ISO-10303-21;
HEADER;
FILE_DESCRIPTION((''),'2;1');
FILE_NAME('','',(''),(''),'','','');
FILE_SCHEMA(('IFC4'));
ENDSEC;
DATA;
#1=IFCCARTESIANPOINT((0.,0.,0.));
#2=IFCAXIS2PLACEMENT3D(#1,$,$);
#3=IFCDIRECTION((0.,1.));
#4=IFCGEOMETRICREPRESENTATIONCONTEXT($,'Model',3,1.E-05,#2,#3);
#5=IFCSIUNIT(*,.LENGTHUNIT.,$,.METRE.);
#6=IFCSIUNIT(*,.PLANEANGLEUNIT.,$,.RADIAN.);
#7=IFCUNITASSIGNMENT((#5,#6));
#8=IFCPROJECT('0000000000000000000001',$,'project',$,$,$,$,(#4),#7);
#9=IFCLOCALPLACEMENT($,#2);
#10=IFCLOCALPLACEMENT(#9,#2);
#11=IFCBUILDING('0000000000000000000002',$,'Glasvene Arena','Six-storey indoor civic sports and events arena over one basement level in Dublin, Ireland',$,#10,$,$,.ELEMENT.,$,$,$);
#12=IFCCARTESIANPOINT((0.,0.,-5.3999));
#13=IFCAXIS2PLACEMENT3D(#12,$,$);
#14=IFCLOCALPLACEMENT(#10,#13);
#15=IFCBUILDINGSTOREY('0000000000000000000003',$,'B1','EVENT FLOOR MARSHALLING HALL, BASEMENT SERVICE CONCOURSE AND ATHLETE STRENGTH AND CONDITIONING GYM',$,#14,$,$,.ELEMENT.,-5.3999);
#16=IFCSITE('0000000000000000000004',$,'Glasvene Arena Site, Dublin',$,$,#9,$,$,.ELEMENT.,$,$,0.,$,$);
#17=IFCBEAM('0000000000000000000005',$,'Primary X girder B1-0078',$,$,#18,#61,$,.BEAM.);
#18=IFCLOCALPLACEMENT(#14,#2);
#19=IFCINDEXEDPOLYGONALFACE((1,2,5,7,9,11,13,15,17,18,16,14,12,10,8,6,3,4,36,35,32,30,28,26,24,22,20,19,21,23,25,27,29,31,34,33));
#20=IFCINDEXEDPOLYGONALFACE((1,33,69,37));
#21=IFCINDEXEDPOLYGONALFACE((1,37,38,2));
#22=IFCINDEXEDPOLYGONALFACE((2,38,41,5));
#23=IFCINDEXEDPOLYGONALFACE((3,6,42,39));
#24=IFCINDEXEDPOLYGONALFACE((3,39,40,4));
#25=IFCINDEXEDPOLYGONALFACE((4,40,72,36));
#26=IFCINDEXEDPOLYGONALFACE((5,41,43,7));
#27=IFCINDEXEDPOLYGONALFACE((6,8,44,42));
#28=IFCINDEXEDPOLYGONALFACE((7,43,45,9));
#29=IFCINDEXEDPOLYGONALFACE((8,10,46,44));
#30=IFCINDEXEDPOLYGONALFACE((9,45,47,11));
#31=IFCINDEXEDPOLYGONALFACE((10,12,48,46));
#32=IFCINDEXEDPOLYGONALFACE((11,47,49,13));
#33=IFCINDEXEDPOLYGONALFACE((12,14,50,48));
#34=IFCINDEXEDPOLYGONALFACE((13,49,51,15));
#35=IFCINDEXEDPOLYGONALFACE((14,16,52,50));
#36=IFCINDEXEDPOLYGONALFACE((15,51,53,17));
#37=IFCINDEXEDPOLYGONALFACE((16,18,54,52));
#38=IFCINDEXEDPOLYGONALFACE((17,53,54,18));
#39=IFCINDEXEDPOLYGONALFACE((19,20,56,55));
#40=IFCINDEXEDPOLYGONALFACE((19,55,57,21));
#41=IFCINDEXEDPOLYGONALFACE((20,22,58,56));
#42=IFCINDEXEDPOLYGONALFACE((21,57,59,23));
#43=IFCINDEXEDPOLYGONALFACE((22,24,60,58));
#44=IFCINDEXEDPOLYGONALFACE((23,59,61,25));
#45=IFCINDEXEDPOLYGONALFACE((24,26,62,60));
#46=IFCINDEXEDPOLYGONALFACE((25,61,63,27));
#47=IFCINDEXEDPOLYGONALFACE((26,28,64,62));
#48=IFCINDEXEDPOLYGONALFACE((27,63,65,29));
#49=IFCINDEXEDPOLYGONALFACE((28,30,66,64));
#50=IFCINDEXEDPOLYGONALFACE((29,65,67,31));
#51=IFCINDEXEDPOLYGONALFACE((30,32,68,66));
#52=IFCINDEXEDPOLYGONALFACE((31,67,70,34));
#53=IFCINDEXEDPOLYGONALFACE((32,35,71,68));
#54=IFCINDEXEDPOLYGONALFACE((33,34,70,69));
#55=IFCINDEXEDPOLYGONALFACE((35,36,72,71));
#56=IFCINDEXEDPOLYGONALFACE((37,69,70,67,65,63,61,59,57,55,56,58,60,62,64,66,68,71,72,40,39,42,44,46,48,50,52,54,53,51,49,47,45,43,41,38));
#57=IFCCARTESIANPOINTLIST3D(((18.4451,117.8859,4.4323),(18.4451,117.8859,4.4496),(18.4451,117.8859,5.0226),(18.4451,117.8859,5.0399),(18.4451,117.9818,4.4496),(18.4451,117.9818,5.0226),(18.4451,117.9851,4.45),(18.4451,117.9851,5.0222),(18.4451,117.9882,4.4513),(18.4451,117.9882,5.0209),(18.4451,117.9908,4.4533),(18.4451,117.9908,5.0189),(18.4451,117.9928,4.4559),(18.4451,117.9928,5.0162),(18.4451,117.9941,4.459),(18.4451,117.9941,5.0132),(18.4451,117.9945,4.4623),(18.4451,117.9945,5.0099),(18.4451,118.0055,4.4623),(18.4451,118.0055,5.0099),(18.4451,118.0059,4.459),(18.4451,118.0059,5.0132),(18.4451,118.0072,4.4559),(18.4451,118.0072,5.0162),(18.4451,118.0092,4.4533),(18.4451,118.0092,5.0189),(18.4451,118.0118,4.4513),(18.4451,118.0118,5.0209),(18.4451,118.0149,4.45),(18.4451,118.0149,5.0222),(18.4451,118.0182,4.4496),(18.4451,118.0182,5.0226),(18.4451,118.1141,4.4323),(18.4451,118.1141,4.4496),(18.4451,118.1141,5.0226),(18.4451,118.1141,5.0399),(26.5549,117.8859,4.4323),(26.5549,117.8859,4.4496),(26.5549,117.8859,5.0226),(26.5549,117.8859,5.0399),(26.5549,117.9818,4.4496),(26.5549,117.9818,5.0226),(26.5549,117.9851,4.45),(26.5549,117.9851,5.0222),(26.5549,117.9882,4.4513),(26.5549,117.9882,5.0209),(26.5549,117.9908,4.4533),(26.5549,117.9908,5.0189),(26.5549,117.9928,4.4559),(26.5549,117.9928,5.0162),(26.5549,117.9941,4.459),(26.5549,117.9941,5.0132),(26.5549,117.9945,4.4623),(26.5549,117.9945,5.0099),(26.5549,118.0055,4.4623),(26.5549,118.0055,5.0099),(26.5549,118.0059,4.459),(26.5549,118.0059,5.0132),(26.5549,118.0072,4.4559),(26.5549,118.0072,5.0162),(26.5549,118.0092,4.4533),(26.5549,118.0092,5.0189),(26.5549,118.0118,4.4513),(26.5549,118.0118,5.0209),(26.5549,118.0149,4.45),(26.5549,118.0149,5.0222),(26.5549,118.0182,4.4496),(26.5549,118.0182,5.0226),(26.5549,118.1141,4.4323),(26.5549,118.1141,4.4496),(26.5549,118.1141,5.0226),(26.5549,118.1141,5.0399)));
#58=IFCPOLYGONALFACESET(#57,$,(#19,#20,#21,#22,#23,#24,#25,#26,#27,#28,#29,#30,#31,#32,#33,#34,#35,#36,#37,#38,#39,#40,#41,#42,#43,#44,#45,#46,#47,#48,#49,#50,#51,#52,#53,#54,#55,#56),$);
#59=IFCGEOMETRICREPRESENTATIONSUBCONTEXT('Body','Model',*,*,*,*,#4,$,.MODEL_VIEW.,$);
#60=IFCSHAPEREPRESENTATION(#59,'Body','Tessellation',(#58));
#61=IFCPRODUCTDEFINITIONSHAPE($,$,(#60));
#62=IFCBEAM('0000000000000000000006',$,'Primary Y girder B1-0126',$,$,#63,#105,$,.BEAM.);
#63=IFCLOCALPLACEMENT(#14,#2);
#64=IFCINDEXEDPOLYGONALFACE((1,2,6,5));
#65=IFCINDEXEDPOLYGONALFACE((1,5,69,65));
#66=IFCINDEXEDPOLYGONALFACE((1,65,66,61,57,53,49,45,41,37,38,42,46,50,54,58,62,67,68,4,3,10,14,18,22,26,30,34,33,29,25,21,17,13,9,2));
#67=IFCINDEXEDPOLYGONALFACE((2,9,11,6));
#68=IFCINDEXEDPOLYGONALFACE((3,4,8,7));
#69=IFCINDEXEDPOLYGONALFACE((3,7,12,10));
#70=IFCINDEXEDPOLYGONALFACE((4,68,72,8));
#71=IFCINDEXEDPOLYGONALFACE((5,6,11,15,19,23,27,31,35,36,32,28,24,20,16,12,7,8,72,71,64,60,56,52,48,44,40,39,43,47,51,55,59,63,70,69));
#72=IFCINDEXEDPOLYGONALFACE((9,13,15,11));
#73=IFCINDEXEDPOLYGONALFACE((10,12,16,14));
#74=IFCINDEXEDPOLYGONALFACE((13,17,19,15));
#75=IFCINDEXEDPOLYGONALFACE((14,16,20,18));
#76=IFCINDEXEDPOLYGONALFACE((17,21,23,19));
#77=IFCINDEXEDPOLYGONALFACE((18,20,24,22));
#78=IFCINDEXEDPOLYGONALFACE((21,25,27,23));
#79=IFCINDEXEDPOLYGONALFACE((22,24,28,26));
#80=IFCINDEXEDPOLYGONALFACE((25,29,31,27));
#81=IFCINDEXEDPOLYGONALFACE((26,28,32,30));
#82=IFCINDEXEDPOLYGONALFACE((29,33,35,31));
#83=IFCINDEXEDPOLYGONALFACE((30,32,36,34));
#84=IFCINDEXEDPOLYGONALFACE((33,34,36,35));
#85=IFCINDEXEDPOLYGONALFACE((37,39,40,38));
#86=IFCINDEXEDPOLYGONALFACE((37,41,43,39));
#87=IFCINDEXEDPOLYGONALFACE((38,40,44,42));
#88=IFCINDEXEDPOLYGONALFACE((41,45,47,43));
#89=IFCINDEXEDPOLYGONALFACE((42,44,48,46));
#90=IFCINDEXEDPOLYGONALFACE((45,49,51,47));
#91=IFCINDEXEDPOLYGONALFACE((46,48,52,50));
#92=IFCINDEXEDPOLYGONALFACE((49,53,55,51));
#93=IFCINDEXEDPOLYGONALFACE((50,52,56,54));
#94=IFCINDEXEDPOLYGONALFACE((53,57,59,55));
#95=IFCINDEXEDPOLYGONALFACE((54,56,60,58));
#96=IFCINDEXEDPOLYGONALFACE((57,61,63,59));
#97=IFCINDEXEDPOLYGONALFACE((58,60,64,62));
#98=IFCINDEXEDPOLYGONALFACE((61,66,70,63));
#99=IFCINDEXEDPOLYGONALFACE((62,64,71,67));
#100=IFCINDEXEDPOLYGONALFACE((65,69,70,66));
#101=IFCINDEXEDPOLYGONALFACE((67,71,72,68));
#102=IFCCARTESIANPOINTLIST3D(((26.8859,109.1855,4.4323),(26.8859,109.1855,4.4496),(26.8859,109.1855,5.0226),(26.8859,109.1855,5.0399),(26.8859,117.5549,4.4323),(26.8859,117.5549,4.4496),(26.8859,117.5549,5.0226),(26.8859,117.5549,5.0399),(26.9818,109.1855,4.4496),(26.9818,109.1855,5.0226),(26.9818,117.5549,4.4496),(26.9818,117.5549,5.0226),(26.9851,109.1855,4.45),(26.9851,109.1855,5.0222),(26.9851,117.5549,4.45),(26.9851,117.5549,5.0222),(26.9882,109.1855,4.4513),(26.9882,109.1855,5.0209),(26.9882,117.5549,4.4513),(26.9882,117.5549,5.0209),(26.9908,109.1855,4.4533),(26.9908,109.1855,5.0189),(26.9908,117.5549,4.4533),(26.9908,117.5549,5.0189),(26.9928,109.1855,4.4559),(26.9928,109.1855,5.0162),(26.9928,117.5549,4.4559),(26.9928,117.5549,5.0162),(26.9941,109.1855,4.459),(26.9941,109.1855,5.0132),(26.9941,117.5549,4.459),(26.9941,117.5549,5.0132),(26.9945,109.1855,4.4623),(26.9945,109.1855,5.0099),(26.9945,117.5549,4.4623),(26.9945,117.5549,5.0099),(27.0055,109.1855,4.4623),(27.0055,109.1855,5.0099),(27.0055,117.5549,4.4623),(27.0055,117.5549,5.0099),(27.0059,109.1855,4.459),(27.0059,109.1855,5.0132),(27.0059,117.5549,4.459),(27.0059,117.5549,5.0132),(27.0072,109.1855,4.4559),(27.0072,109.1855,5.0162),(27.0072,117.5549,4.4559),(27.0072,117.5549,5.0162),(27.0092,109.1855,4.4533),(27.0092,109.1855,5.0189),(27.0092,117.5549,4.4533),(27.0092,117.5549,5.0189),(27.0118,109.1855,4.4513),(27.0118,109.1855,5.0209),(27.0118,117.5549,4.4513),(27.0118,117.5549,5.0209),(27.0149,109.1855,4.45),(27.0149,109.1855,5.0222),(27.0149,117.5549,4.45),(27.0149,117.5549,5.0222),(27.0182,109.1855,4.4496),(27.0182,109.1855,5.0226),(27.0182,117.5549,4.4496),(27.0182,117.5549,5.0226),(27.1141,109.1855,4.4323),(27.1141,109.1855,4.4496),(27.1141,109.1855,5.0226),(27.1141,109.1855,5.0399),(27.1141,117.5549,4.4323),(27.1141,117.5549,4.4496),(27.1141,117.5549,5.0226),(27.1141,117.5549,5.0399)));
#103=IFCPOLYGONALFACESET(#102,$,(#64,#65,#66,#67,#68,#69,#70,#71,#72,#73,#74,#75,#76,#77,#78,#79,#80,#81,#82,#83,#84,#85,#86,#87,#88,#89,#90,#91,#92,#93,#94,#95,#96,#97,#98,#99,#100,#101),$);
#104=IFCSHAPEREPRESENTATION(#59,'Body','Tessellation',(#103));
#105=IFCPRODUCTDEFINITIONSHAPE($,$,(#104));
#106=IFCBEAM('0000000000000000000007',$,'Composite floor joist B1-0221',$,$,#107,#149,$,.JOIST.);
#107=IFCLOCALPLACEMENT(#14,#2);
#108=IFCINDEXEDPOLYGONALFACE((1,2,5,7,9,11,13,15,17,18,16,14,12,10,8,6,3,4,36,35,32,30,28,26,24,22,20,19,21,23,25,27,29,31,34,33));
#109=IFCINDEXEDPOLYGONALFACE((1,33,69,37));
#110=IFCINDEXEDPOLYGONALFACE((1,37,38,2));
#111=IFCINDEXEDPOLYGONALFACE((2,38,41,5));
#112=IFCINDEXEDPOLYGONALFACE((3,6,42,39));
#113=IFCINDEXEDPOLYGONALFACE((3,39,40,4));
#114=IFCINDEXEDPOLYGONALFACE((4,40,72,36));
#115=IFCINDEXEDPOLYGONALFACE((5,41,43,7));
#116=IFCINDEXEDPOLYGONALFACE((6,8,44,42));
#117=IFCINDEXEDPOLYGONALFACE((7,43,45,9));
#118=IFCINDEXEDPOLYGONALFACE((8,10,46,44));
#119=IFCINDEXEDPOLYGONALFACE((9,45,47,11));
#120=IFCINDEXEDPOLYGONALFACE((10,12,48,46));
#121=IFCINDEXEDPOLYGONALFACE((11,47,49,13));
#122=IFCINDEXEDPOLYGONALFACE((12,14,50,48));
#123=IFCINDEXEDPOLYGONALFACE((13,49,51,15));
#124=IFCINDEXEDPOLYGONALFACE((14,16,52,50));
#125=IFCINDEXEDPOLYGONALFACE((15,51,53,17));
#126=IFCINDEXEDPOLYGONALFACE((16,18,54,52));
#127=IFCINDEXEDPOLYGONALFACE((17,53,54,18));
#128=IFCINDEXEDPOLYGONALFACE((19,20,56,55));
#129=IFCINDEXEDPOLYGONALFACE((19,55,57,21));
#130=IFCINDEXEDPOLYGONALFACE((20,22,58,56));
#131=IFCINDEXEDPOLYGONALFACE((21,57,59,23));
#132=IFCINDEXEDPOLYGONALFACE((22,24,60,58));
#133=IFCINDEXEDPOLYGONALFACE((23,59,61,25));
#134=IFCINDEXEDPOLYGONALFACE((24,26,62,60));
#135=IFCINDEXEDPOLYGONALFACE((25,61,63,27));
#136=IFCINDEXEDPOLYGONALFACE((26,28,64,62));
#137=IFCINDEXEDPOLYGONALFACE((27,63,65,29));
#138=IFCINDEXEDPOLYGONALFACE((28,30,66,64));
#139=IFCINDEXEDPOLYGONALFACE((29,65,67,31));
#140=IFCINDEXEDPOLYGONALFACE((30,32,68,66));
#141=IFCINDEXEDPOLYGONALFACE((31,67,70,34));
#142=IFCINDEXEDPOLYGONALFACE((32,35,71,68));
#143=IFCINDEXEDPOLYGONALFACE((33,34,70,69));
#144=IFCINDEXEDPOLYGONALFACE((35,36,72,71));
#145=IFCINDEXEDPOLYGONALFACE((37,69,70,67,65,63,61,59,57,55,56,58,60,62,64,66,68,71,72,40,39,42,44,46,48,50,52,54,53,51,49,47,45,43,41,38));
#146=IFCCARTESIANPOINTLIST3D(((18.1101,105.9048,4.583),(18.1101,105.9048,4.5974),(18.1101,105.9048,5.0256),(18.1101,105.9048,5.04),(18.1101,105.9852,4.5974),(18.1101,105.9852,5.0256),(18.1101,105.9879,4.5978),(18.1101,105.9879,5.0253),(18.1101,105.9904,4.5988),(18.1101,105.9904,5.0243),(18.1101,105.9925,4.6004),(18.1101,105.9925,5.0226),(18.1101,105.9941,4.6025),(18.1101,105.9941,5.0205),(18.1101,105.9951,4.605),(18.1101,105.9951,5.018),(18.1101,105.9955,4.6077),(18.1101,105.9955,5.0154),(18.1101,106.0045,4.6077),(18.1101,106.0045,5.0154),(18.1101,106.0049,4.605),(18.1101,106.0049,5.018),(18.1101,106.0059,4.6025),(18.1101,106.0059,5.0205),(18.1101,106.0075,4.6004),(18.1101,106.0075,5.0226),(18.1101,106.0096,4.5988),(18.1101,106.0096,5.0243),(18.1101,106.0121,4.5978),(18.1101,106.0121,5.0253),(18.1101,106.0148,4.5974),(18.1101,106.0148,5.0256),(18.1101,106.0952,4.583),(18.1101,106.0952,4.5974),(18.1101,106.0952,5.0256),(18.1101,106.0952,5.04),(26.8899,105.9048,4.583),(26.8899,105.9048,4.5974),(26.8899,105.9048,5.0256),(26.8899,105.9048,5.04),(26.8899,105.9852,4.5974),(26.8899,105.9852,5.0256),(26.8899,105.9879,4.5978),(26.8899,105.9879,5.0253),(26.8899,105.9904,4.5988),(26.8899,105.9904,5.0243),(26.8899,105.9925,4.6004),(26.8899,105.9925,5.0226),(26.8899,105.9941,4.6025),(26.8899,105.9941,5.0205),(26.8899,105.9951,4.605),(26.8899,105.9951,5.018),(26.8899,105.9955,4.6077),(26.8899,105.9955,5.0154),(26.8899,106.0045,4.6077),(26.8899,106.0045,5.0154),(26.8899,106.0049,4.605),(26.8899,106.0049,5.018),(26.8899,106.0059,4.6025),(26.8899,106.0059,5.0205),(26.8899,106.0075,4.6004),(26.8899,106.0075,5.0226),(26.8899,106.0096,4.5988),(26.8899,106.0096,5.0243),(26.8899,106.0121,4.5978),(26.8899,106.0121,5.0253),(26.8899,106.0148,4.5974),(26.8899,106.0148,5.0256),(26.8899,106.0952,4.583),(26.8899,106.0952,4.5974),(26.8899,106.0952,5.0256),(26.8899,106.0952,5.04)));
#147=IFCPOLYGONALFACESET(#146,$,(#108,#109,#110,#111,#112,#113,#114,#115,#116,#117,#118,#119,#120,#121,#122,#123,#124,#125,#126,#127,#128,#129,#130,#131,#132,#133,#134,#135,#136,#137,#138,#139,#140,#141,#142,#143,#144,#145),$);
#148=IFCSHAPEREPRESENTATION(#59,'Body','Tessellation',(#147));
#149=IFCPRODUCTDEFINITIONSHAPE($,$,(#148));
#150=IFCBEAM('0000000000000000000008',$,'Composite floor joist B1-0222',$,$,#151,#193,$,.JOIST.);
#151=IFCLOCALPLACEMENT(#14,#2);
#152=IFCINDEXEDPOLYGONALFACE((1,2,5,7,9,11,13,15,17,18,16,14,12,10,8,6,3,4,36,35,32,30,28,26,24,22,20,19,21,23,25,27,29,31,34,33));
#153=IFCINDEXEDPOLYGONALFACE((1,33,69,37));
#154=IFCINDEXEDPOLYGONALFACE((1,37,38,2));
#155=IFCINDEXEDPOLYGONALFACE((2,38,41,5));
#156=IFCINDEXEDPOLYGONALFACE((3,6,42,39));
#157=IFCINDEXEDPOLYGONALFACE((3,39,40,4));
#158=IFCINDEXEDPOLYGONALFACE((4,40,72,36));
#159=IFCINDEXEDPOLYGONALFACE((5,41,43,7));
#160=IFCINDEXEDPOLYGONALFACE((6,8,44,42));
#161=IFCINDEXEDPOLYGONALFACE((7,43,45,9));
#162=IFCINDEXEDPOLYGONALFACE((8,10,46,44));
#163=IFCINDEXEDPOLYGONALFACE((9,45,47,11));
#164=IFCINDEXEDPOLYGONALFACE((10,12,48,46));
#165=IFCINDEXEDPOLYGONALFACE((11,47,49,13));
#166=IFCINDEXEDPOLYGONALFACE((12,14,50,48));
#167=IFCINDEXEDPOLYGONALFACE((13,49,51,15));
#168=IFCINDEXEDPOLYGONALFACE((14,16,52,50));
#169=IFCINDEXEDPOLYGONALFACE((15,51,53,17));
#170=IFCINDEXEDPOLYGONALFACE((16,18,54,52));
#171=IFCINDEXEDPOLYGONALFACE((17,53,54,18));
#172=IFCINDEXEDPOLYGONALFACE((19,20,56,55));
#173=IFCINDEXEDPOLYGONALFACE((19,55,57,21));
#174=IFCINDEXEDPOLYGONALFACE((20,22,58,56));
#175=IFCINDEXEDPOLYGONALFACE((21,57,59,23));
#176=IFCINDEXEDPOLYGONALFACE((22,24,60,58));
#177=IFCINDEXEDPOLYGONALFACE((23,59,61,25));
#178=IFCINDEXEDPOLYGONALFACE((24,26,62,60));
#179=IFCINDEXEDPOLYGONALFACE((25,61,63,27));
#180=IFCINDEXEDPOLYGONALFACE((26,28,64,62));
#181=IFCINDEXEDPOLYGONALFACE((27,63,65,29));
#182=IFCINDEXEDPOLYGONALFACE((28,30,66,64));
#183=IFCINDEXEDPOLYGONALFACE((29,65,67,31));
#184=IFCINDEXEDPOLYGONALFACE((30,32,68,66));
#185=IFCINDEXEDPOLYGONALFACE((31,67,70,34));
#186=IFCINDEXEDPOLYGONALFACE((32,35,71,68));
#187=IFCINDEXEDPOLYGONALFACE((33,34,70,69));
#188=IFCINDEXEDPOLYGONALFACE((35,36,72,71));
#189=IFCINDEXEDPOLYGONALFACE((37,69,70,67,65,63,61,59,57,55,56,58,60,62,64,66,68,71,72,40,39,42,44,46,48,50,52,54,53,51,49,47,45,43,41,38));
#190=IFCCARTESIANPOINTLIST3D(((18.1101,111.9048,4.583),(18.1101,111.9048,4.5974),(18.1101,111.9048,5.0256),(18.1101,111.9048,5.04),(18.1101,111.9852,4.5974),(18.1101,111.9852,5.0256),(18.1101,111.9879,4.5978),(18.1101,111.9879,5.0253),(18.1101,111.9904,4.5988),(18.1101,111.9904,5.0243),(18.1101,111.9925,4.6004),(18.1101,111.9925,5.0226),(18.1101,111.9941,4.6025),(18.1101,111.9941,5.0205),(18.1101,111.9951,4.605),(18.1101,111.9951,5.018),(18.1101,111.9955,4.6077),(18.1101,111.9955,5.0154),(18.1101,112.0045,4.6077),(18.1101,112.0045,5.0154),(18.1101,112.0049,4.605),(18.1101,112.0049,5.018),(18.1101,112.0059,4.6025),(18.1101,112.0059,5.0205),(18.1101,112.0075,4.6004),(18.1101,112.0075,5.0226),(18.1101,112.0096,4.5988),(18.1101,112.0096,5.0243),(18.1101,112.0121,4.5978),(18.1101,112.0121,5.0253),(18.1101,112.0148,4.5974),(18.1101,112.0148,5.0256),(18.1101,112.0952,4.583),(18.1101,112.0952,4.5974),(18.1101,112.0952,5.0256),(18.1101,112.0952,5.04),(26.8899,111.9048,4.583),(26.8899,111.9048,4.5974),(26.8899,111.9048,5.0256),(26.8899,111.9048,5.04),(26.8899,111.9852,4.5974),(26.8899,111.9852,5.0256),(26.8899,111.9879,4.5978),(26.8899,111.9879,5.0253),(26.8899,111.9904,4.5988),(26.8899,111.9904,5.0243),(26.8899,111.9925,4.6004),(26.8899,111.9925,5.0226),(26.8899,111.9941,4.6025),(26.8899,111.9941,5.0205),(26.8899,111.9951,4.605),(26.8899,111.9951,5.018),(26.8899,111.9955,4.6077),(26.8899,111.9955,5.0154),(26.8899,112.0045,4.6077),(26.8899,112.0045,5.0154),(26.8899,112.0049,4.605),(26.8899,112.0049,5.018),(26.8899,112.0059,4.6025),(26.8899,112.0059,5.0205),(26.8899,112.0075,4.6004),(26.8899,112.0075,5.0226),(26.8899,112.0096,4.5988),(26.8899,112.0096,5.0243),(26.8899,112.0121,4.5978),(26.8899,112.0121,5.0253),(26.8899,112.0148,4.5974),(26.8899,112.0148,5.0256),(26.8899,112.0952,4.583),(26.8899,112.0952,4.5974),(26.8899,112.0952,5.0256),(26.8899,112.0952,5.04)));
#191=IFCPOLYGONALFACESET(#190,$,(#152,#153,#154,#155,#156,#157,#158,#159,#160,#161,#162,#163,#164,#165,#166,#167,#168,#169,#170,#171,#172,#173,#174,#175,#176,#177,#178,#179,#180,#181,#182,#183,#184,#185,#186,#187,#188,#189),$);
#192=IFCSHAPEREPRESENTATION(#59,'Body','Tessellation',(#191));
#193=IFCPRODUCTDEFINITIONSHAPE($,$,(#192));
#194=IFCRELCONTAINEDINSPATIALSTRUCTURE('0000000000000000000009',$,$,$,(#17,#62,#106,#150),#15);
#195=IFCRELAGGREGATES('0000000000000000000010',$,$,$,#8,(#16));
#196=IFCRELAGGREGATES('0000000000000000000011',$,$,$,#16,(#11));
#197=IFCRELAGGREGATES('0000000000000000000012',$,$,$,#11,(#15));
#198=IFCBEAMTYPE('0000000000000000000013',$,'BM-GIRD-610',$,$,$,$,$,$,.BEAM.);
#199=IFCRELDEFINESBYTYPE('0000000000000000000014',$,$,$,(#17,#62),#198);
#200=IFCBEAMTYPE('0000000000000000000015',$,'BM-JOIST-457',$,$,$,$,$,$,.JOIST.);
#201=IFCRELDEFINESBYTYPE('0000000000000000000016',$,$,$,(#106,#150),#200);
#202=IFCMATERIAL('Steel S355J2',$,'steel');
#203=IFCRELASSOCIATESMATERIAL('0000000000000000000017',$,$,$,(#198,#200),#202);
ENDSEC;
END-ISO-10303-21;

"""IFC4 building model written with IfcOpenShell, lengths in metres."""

from ifc_helpers import new_model, si_unit, direction, frame, origin, origin_2d, place, context, subcontext, project, spatial, i_section, extrude, material, material_profile, profile_set, type_object, element, save


model = new_model("IFC4")

# Units and contexts
model_context = context("Model", 3, precision=1e-05, world=origin(), true_north=direction((0.0, 1.0)))
body_context = subcontext(model_context, "Body", "Model", "MODEL_VIEW")
ifc_project = project(units=[si_unit("LENGTHUNIT", "METRE"), si_unit("PLANEANGLEUNIT", "RADIAN")], contexts=[model_context])

# Site, building, storey
site_placement = place(None, origin())
site = spatial("IfcSite", under=ifc_project, at=site_placement, Name="Glasvene Arena Site, Dublin", CompositionType="ELEMENT", RefElevation=0.0)
building_placement = place(site_placement, origin())
building = spatial("IfcBuilding", under=site, at=building_placement, Name="Glasvene Arena", Description="Six-storey indoor civic sports and events arena over one basement level in Dublin, Ireland", CompositionType="ELEMENT")
storey_placement = place(building_placement, frame((0.0, 0.0, -5.3999)))
storey = spatial("IfcBuildingStorey", under=building, at=storey_placement, Name="B1", Description="EVENT FLOOR MARSHALLING HALL, BASEMENT SERVICE CONCOURSE AND ATHLETE STRENGTH AND CONDITIONING GYM", CompositionType="ELEMENT", Elevation=-5.3999)

# Shared definitions
ifc_material_1 = material(Name="Steel S355J2", Category="steel")

# Beams
ifc_material_profile_1 = material_profile(ifc_material_1, i_section(OverallWidth=0.2283, OverallDepth=0.6077, WebThickness=0.011, FlangeThickness=0.0173, FilletRadius=0.0127, at=origin_2d()), Name="UKB 610x229x113")
ifc_profile_set_1 = profile_set([ifc_material_profile_1], Name="Steel S355J2")
beam_type_1 = type_object("IfcBeamType", Name="BM-GIRD-610", PredefinedType="BEAM", material=ifc_profile_set_1)
beam_1_placement = place(storey_placement, frame((18.4451, 118.0, 4.7361), z_axis=(1.0, 0.0, 0.0), x_axis=(0.0, 1.0, 0.0)))
element("IfcBeam", 1, at=beam_1_placement, inside=storey, type_object=beam_type_1, Name="Primary X girder B1-0078", PredefinedType="BEAM", context=body_context, shape_type="SweptSolid", body=[
    extrude(i_section(OverallWidth=0.2283, OverallDepth=0.6077, WebThickness=0.011, FlangeThickness=0.0173, FilletRadius=0.0127, at=origin_2d()), origin(), (0.0, 0.0, 1.0), 8.1099),
])
beam_2_placement = place(storey_placement, frame((27.0, 109.1855, 4.7361), z_axis=(0.0, 1.0, 0.0), x_axis=(-1.0, 0.0, 0.0)))
element("IfcBeam", 2, at=beam_2_placement, inside=storey, type_object=beam_type_1, Name="Primary Y girder B1-0126", PredefinedType="BEAM", context=body_context, shape_type="SweptSolid", body=[
    extrude(i_section(OverallWidth=0.2283, OverallDepth=0.6077, WebThickness=0.011, FlangeThickness=0.0173, FilletRadius=0.0127, at=origin_2d()), origin(), (0.0, 0.0, 1.0), 8.3694),
])
ifc_material_profile_2 = material_profile(ifc_material_1, i_section(OverallWidth=0.1904, OverallDepth=0.457, WebThickness=0.009, FlangeThickness=0.0144, FilletRadius=0.0103, at=origin_2d()), Name="UKB 457x191x74")
ifc_profile_set_2 = profile_set([ifc_material_profile_2], Name="Steel S355J2")
beam_type_2 = type_object("IfcBeamType", Name="BM-JOIST-457", PredefinedType="JOIST", material=ifc_profile_set_2)
for number, where, z_axis, x_axis, name in (
    (3, (18.1101, 106.0, 4.8115), (1.0, 0.0, 0.0), (0.0, 1.0, 0.0), "Composite floor joist B1-0221"),
    (4, (18.1101, 112.0, 4.8115), (1.0, 0.0, 0.0), (0.0, 1.0, 0.0), "Composite floor joist B1-0222"),
):
    element("IfcBeam", number, at=place(storey_placement, frame(where, z_axis=z_axis, x_axis=x_axis)), inside=storey, type_object=beam_type_2, Name=name, PredefinedType="JOIST", context=body_context, shape_type="SweptSolid", body=[
        extrude(i_section(OverallWidth=0.1904, OverallDepth=0.457, WebThickness=0.009, FlangeThickness=0.0144, FilletRadius=0.0103, at=origin_2d()), origin(), (0.0, 0.0, 1.0), 8.7798),
    ])

save(model, "model.ifc")
